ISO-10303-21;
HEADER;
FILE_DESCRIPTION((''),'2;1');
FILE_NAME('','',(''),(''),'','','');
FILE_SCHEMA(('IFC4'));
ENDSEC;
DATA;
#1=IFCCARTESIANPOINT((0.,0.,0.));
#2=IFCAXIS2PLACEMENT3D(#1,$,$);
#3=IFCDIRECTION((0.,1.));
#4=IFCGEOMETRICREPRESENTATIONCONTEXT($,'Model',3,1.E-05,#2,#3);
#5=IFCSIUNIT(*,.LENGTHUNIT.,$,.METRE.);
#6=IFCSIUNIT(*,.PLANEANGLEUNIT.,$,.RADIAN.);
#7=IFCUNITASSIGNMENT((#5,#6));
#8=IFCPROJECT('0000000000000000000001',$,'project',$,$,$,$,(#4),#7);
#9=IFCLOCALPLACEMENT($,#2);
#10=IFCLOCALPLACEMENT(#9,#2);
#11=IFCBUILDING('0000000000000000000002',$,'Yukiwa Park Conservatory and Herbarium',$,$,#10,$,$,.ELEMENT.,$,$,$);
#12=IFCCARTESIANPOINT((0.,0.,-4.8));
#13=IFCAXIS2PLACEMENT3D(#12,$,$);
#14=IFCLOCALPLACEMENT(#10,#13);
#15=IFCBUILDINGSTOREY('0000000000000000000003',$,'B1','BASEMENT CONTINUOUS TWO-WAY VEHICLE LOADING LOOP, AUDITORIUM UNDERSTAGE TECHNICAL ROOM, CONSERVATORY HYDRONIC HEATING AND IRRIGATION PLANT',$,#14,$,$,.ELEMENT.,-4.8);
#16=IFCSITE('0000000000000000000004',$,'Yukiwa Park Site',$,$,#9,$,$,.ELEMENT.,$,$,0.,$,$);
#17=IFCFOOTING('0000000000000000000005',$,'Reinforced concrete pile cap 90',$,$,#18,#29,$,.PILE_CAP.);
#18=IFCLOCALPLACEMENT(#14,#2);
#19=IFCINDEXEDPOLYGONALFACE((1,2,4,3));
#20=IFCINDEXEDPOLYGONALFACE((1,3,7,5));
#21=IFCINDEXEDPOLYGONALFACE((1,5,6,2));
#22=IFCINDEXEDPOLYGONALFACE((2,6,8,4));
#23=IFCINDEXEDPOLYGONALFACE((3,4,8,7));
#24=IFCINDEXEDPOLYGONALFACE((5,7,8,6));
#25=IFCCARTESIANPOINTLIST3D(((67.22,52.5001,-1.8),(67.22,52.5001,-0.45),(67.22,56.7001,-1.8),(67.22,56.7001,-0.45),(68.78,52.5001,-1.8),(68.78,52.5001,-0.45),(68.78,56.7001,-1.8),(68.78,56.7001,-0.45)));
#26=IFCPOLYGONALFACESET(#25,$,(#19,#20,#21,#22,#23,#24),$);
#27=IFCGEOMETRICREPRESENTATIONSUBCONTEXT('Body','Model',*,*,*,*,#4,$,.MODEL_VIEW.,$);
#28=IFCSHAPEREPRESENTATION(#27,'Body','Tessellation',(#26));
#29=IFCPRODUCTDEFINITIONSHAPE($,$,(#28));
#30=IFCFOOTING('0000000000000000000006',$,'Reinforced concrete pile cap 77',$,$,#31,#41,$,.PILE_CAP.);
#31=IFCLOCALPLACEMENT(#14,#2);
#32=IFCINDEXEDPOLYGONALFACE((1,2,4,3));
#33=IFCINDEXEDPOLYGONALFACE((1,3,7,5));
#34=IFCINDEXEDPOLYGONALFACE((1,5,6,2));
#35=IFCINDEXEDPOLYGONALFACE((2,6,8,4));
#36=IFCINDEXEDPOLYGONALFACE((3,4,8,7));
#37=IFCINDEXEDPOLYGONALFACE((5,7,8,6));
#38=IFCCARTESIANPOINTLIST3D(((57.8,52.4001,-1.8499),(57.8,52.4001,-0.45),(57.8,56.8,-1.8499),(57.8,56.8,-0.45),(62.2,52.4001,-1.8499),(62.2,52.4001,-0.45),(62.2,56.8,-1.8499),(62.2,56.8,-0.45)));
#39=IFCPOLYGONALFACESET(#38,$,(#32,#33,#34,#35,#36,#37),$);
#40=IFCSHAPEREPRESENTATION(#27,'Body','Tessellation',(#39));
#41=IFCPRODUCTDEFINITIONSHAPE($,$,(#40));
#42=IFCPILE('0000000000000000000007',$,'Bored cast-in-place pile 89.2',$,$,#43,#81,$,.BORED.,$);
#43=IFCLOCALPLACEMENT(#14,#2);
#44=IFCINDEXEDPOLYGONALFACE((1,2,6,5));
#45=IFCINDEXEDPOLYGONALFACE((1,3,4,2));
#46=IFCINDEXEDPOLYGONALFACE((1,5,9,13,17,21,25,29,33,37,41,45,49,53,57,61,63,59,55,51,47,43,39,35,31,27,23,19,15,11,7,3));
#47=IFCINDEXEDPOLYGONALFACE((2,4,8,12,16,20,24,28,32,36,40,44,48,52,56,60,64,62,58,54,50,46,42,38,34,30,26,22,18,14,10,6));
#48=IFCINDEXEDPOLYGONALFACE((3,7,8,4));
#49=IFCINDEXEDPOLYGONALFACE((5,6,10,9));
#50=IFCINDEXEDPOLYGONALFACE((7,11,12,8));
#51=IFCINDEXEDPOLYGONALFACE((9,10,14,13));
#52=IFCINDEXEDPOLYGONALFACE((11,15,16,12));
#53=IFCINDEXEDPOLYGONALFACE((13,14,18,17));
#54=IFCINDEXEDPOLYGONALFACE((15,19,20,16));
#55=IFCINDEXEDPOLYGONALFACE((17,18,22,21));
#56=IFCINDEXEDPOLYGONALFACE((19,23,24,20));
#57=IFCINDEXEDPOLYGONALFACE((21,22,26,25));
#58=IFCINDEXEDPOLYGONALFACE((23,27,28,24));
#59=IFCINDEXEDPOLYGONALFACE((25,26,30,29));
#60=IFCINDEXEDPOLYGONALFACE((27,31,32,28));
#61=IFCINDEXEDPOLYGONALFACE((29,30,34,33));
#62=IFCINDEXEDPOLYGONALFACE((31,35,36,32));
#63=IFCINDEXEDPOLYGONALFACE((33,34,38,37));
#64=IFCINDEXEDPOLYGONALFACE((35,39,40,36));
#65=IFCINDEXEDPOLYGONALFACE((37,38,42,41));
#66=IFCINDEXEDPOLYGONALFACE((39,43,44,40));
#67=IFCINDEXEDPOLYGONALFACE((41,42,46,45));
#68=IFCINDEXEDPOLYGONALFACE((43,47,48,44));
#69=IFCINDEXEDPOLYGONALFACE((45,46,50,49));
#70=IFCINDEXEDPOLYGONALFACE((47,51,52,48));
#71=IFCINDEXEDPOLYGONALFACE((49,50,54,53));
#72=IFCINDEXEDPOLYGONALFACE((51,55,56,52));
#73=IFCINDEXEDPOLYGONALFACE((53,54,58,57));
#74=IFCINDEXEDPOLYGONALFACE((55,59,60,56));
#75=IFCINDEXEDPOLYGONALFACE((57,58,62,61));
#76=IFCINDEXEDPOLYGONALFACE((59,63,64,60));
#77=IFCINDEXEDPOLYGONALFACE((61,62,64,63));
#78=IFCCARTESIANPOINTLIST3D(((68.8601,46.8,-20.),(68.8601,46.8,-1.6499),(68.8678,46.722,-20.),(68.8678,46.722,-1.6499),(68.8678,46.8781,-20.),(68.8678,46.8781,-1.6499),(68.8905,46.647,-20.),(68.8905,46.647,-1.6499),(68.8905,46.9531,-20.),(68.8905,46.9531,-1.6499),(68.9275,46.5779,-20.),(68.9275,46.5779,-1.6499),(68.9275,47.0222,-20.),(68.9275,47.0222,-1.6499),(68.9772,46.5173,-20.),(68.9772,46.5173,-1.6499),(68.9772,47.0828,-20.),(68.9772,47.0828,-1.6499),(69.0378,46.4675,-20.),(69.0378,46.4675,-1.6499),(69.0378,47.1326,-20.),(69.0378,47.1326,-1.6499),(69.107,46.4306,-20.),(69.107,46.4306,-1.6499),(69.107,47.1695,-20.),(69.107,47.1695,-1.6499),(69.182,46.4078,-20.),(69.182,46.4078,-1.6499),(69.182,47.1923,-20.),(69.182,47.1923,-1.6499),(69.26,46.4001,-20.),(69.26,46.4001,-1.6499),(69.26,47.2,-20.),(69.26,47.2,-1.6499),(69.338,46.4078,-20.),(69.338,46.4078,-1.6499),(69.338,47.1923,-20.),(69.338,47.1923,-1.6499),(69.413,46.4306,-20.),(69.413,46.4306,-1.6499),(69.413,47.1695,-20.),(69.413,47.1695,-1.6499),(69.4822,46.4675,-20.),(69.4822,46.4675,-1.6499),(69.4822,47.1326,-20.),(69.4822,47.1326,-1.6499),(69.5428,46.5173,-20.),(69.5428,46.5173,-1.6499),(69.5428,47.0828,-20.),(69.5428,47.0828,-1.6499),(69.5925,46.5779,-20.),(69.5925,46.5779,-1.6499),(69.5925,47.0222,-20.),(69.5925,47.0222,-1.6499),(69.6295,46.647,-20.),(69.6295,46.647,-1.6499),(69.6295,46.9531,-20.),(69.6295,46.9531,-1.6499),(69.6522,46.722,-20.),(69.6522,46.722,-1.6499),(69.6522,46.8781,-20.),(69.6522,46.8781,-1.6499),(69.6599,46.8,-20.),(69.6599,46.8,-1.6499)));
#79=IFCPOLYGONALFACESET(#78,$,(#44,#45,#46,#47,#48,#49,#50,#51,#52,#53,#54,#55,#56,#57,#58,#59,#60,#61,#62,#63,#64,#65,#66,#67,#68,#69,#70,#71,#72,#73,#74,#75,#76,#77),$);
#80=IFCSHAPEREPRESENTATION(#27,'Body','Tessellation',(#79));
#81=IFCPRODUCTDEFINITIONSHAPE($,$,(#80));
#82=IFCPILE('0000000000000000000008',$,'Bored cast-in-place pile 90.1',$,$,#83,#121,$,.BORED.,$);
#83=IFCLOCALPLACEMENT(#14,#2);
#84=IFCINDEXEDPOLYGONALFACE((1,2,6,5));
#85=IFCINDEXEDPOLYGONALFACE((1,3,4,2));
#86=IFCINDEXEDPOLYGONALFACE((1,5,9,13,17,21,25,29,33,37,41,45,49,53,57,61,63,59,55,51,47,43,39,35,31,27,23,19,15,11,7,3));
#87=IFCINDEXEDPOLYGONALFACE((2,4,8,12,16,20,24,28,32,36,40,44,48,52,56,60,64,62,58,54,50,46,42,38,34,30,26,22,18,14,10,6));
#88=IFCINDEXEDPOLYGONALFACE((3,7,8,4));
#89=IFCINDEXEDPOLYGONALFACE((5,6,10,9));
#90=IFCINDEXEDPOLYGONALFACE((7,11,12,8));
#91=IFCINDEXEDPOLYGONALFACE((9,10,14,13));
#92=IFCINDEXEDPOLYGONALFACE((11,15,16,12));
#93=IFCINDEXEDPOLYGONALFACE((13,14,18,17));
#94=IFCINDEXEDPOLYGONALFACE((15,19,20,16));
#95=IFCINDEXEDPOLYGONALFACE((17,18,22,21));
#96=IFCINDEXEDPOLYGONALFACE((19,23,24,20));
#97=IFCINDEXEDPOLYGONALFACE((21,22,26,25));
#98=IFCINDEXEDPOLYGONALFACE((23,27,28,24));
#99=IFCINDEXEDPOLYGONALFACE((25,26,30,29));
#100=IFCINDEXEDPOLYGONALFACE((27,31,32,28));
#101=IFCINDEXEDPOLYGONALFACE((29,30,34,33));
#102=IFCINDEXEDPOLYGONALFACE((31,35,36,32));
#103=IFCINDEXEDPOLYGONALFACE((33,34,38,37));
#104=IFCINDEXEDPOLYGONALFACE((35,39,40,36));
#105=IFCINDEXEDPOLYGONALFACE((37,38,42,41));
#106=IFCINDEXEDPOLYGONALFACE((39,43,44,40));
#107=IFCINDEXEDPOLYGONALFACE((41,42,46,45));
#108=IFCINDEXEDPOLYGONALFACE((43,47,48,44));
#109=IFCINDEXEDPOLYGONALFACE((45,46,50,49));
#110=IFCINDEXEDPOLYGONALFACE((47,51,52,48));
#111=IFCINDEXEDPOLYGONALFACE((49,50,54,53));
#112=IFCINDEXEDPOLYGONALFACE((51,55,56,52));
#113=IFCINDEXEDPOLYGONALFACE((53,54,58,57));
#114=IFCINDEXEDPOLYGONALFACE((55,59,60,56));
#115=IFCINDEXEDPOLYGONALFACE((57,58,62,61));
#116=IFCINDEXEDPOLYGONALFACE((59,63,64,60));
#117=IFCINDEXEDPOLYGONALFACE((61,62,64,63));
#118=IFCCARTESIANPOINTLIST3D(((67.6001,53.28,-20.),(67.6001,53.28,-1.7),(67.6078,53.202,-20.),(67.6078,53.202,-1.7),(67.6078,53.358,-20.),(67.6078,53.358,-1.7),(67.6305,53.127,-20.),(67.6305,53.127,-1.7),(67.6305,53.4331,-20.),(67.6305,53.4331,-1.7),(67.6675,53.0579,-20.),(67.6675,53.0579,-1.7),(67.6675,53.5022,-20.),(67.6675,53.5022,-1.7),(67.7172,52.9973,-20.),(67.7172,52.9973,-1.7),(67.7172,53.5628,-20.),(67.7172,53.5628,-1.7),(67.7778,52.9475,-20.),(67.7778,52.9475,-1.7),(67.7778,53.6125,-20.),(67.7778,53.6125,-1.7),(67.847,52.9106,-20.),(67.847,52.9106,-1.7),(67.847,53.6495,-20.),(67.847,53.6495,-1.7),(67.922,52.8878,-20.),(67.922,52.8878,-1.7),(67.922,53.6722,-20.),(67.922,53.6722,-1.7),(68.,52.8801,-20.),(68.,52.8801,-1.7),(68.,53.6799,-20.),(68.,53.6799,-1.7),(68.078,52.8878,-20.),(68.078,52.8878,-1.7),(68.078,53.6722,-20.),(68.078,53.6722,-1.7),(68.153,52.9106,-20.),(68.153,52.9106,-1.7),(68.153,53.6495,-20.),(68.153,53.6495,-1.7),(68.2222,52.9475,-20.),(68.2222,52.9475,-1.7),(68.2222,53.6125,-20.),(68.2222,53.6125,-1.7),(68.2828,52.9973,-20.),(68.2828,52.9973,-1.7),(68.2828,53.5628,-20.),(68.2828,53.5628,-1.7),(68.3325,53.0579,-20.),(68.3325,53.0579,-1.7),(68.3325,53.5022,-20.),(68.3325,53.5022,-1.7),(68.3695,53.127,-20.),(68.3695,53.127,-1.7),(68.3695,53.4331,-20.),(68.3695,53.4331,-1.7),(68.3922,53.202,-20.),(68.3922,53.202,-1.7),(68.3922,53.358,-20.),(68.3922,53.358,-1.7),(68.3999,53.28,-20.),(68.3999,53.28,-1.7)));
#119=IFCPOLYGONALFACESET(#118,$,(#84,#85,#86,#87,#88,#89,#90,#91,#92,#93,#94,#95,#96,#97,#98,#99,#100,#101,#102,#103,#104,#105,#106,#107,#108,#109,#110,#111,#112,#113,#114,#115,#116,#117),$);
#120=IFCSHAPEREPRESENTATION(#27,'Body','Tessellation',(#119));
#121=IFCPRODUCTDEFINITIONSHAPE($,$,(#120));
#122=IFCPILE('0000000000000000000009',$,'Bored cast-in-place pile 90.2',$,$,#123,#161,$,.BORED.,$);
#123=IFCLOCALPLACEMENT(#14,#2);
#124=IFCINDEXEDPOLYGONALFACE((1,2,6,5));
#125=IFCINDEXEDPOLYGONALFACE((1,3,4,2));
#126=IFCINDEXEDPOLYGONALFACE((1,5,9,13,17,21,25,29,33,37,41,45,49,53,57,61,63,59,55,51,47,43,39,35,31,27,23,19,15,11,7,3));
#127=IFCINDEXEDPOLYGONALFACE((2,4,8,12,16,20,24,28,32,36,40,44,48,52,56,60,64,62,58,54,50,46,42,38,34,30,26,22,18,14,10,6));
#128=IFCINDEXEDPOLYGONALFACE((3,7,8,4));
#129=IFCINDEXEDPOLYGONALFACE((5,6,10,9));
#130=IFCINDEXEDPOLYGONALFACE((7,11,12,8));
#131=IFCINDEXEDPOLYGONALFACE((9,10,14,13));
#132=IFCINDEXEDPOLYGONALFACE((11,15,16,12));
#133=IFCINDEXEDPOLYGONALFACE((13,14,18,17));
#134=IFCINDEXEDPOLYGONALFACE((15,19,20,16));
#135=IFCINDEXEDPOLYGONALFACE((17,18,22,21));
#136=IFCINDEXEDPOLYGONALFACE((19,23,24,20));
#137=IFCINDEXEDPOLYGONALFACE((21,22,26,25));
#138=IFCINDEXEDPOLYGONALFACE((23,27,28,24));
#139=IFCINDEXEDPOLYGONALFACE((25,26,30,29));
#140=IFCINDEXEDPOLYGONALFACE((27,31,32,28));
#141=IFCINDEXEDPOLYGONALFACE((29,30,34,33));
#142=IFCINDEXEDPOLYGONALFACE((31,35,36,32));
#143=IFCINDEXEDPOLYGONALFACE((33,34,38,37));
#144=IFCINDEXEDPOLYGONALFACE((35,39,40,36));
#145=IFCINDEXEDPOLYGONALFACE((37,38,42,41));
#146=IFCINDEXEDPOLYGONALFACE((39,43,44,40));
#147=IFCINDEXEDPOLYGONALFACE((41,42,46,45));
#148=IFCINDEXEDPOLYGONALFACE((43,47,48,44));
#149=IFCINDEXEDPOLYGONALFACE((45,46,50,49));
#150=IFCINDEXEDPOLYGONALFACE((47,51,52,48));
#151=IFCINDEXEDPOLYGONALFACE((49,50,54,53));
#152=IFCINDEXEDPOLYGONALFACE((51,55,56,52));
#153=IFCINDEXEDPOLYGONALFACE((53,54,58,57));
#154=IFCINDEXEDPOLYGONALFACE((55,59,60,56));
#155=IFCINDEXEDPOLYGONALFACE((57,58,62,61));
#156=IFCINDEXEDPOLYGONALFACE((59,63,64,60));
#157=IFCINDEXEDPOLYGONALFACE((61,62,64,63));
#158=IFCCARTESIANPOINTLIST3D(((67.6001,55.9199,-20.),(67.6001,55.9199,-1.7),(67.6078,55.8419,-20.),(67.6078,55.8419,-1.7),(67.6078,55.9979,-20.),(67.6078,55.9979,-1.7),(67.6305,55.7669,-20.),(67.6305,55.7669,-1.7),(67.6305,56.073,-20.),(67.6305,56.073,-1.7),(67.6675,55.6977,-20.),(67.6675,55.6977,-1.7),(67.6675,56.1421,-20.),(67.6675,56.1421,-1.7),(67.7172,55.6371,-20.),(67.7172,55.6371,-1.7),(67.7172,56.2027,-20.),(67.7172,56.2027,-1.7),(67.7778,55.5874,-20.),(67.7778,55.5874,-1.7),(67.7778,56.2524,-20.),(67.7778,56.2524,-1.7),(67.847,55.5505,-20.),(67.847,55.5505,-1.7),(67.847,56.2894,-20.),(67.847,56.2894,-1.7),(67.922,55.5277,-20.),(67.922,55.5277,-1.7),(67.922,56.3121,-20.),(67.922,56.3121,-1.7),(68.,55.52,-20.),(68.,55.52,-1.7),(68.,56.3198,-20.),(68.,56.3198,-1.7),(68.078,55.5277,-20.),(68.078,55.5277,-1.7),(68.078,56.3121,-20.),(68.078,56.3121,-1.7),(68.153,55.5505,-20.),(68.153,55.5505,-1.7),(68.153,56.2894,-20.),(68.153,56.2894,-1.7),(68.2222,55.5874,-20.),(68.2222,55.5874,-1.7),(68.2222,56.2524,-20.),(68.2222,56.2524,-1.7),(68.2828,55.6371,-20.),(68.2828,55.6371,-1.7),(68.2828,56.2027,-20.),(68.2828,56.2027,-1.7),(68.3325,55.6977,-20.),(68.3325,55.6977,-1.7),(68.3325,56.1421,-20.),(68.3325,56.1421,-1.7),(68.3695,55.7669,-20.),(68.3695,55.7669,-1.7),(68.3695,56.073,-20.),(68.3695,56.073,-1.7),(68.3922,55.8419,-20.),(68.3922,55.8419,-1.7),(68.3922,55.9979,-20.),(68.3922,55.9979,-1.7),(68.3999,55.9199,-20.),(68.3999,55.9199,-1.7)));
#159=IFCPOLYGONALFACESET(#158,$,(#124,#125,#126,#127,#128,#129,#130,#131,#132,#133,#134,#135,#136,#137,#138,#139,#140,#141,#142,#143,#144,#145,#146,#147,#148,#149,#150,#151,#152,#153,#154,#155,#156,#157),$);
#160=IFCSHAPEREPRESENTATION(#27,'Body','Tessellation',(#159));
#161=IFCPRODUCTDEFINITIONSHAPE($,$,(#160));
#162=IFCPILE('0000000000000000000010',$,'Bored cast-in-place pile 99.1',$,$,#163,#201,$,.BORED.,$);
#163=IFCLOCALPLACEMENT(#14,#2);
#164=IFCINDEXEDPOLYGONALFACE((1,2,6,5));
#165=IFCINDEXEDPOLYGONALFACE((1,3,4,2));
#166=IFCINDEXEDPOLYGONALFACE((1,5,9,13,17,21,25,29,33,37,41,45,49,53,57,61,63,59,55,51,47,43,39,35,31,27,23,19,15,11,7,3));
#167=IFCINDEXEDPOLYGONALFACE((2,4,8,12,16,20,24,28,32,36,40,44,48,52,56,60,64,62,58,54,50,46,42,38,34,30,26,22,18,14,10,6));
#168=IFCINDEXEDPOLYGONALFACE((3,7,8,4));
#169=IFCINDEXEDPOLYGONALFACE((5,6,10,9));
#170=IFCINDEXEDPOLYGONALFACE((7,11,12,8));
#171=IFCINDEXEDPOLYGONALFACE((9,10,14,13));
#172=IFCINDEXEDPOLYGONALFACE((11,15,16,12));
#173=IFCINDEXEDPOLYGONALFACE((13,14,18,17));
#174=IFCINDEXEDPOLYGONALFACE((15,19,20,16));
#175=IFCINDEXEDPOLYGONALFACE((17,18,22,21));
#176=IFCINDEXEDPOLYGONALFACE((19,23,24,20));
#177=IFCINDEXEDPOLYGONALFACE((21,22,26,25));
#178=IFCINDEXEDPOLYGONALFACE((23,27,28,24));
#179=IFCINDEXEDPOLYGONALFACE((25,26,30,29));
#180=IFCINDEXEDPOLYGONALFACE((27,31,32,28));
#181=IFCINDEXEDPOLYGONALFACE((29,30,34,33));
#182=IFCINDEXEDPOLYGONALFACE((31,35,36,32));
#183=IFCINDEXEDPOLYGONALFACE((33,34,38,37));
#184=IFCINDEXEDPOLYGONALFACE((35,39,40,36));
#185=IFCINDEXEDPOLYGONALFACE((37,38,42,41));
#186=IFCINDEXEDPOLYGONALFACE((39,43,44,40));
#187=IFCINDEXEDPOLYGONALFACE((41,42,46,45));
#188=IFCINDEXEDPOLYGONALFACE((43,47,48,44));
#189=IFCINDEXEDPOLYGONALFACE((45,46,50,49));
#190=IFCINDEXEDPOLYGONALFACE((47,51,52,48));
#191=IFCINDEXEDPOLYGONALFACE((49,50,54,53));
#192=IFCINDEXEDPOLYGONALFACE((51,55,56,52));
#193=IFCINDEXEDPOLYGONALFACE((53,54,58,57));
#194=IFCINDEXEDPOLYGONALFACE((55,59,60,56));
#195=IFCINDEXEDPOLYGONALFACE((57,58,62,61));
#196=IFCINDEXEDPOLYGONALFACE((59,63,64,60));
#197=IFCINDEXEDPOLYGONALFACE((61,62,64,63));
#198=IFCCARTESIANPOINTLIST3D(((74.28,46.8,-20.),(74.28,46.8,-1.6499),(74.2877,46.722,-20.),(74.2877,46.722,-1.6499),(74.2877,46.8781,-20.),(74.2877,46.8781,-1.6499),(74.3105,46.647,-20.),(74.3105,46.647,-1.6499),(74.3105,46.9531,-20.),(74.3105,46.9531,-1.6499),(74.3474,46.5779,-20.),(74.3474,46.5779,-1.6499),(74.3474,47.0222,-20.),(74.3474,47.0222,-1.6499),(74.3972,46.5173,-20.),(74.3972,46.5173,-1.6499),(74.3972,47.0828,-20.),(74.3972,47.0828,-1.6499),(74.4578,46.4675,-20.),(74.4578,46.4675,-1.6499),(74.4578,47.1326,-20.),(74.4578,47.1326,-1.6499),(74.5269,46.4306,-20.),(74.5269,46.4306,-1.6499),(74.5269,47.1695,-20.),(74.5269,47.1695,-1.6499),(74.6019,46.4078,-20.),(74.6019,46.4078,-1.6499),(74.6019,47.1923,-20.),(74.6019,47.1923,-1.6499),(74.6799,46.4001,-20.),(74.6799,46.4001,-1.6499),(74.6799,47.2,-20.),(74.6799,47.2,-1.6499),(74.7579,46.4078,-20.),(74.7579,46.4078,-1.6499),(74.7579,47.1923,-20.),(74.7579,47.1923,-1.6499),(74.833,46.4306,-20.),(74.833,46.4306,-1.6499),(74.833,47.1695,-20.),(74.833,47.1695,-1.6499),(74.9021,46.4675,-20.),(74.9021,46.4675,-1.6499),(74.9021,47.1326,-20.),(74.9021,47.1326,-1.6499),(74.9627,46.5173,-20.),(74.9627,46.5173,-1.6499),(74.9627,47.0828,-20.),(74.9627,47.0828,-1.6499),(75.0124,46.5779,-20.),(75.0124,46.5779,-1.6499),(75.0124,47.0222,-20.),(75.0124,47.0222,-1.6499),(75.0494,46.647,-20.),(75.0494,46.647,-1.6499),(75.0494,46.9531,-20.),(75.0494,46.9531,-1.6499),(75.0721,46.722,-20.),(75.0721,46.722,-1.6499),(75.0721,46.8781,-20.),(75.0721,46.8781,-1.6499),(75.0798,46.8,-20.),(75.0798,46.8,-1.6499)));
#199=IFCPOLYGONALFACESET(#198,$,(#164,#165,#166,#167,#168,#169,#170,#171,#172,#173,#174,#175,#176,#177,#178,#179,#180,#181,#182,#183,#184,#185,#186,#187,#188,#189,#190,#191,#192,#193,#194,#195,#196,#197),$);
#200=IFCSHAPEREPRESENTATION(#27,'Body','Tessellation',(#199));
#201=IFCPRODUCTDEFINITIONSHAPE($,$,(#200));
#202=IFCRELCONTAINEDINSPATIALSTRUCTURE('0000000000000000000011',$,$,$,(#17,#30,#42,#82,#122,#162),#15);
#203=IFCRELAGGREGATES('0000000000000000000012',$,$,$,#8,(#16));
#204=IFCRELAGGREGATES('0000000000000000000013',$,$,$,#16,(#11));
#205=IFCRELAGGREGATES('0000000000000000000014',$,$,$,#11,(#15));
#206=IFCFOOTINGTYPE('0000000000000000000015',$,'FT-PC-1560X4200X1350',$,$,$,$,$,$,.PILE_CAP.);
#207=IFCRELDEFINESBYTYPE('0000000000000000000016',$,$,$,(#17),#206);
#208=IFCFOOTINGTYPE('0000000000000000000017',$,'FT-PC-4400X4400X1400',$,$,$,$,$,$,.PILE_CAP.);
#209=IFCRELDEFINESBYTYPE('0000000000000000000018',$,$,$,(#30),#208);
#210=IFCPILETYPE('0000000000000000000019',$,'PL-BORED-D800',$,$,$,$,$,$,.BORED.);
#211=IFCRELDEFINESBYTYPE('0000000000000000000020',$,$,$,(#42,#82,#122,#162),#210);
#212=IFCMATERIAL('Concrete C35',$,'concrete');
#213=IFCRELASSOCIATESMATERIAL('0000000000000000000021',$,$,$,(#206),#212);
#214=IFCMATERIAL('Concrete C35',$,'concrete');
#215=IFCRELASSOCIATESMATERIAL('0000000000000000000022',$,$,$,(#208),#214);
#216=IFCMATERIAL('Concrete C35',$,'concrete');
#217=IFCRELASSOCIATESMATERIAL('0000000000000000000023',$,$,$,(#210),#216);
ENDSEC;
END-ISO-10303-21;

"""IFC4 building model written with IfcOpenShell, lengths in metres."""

from ifc_helpers import new_model, si_unit, direction, frame, origin, origin_2d, place, context, subcontext, project, spatial, rectangle, circle, extrude, material, material_profile, profile_set, type_object, element, save


model = new_model("IFC4")

# Units and contexts
model_context = context("Model", 3, precision=1e-05, world=origin(), true_north=direction((0.0, 1.0)))
body_context = subcontext(model_context, "Body", "Model", "MODEL_VIEW")
ifc_project = project(units=[si_unit("LENGTHUNIT", "METRE"), si_unit("PLANEANGLEUNIT", "RADIAN")], contexts=[model_context])

# Site, building, storey
site_placement = place(None, origin())
site = spatial("IfcSite", under=ifc_project, at=site_placement, Name="Yukiwa Park Site", CompositionType="ELEMENT", RefElevation=0.0)
building_placement = place(site_placement, origin())
building = spatial("IfcBuilding", under=site, at=building_placement, Name="Yukiwa Park Conservatory and Herbarium", CompositionType="ELEMENT")
storey_placement = place(building_placement, frame((0.0, 0.0, -4.8)))
storey = spatial("IfcBuildingStorey", under=building, at=storey_placement, Name="B1", Description="BASEMENT CONTINUOUS TWO-WAY VEHICLE LOADING LOOP, AUDITORIUM UNDERSTAGE TECHNICAL ROOM, CONSERVATORY HYDRONIC HEATING AND IRRIGATION PLANT", CompositionType="ELEMENT", Elevation=-4.8)

# Footings
ifc_material_1 = material(Name="Concrete C35", Category="concrete")
footing_type_1 = type_object("IfcFootingType", Name="FT-PC-1560X4200X1350", PredefinedType="PILE_CAP", material=ifc_material_1)
footing_1_placement = place(storey_placement, frame((68.0, 54.6001, -1.8), z_axis=(0.0, 0.0, 1.0), x_axis=(1.0, 0.0, 0.0)))
element("IfcFooting", 1, at=footing_1_placement, inside=storey, type_object=footing_type_1, Name="Reinforced concrete pile cap 90", PredefinedType="PILE_CAP", context=body_context, shape_type="SweptSolid", body=[
    extrude(rectangle(XDim=1.5601, YDim=4.2, at=origin_2d()), origin(), (0.0, 0.0, 1.0), 1.3501),
])
ifc_material_2 = material(Name="Concrete C35", Category="concrete")
footing_type_2 = type_object("IfcFootingType", Name="FT-PC-4400X4400X1400", PredefinedType="PILE_CAP", material=ifc_material_2)
footing_2_placement = place(storey_placement, frame((60.0, 54.6001, -1.8499), z_axis=(0.0, 0.0, 1.0), x_axis=(1.0, 0.0, 0.0)))
element("IfcFooting", 2, at=footing_2_placement, inside=storey, type_object=footing_type_2, Name="Reinforced concrete pile cap 77", PredefinedType="PILE_CAP", context=body_context, shape_type="SweptSolid", body=[
    extrude(rectangle(XDim=4.3999, YDim=4.3999, at=origin_2d()), origin(), (0.0, 0.0, 1.0), 1.3999),
])

# Piles
ifc_material_3 = material(Name="Concrete C35", Category="concrete")
ifc_material_profile_1 = material_profile(ifc_material_3, circle(Radius=0.3999, at=origin_2d()), Name="PILE D800")
ifc_profile_set_1 = profile_set([ifc_material_profile_1], Name="Concrete C35")
pile_type_1 = type_object("IfcPileType", Name="PL-BORED-D800", PredefinedType="BORED", material=ifc_profile_set_1)
pile_1_placement = place(storey_placement, frame((69.26, 46.8, -1.6499), z_axis=(0.0, 0.0, -1.0), x_axis=(1.0, 0.0, 0.0)))
element("IfcPile", 3, at=pile_1_placement, inside=storey, type_object=pile_type_1, Name="Bored cast-in-place pile 89.2", PredefinedType="BORED", context=body_context, shape_type="SweptSolid", body=[
    extrude(circle(Radius=0.3999, at=origin_2d()), origin(), (0.0, 0.0, 1.0), 18.3501),
])
for number, where, z_axis, x_axis, name in (
    (4, (68.0, 53.28, -1.7), (0.0, 0.0, -1.0), (1.0, 0.0, 0.0), "Bored cast-in-place pile 90.1"),
    (5, (68.0, 55.9199, -1.7), (0.0, 0.0, -1.0), (1.0, 0.0, 0.0), "Bored cast-in-place pile 90.2"),
):
    element("IfcPile", number, at=place(storey_placement, frame(where, z_axis=z_axis, x_axis=x_axis)), inside=storey, type_object=pile_type_1, Name=name, PredefinedType="BORED", context=body_context, shape_type="SweptSolid", body=[
        extrude(circle(Radius=0.3999, at=origin_2d()), origin(), (0.0, 0.0, 1.0), 18.3),
    ])
pile_2_placement = place(storey_placement, frame((74.6799, 46.8, -1.6499), z_axis=(0.0, 0.0, -1.0), x_axis=(1.0, 0.0, 0.0)))
element("IfcPile", 6, at=pile_2_placement, inside=storey, type_object=pile_type_1, Name="Bored cast-in-place pile 99.1", PredefinedType="BORED", context=body_context, shape_type="SweptSolid", body=[
    extrude(circle(Radius=0.3999, at=origin_2d()), origin(), (0.0, 0.0, 1.0), 18.3501),
])

save(model, "model.ifc")
